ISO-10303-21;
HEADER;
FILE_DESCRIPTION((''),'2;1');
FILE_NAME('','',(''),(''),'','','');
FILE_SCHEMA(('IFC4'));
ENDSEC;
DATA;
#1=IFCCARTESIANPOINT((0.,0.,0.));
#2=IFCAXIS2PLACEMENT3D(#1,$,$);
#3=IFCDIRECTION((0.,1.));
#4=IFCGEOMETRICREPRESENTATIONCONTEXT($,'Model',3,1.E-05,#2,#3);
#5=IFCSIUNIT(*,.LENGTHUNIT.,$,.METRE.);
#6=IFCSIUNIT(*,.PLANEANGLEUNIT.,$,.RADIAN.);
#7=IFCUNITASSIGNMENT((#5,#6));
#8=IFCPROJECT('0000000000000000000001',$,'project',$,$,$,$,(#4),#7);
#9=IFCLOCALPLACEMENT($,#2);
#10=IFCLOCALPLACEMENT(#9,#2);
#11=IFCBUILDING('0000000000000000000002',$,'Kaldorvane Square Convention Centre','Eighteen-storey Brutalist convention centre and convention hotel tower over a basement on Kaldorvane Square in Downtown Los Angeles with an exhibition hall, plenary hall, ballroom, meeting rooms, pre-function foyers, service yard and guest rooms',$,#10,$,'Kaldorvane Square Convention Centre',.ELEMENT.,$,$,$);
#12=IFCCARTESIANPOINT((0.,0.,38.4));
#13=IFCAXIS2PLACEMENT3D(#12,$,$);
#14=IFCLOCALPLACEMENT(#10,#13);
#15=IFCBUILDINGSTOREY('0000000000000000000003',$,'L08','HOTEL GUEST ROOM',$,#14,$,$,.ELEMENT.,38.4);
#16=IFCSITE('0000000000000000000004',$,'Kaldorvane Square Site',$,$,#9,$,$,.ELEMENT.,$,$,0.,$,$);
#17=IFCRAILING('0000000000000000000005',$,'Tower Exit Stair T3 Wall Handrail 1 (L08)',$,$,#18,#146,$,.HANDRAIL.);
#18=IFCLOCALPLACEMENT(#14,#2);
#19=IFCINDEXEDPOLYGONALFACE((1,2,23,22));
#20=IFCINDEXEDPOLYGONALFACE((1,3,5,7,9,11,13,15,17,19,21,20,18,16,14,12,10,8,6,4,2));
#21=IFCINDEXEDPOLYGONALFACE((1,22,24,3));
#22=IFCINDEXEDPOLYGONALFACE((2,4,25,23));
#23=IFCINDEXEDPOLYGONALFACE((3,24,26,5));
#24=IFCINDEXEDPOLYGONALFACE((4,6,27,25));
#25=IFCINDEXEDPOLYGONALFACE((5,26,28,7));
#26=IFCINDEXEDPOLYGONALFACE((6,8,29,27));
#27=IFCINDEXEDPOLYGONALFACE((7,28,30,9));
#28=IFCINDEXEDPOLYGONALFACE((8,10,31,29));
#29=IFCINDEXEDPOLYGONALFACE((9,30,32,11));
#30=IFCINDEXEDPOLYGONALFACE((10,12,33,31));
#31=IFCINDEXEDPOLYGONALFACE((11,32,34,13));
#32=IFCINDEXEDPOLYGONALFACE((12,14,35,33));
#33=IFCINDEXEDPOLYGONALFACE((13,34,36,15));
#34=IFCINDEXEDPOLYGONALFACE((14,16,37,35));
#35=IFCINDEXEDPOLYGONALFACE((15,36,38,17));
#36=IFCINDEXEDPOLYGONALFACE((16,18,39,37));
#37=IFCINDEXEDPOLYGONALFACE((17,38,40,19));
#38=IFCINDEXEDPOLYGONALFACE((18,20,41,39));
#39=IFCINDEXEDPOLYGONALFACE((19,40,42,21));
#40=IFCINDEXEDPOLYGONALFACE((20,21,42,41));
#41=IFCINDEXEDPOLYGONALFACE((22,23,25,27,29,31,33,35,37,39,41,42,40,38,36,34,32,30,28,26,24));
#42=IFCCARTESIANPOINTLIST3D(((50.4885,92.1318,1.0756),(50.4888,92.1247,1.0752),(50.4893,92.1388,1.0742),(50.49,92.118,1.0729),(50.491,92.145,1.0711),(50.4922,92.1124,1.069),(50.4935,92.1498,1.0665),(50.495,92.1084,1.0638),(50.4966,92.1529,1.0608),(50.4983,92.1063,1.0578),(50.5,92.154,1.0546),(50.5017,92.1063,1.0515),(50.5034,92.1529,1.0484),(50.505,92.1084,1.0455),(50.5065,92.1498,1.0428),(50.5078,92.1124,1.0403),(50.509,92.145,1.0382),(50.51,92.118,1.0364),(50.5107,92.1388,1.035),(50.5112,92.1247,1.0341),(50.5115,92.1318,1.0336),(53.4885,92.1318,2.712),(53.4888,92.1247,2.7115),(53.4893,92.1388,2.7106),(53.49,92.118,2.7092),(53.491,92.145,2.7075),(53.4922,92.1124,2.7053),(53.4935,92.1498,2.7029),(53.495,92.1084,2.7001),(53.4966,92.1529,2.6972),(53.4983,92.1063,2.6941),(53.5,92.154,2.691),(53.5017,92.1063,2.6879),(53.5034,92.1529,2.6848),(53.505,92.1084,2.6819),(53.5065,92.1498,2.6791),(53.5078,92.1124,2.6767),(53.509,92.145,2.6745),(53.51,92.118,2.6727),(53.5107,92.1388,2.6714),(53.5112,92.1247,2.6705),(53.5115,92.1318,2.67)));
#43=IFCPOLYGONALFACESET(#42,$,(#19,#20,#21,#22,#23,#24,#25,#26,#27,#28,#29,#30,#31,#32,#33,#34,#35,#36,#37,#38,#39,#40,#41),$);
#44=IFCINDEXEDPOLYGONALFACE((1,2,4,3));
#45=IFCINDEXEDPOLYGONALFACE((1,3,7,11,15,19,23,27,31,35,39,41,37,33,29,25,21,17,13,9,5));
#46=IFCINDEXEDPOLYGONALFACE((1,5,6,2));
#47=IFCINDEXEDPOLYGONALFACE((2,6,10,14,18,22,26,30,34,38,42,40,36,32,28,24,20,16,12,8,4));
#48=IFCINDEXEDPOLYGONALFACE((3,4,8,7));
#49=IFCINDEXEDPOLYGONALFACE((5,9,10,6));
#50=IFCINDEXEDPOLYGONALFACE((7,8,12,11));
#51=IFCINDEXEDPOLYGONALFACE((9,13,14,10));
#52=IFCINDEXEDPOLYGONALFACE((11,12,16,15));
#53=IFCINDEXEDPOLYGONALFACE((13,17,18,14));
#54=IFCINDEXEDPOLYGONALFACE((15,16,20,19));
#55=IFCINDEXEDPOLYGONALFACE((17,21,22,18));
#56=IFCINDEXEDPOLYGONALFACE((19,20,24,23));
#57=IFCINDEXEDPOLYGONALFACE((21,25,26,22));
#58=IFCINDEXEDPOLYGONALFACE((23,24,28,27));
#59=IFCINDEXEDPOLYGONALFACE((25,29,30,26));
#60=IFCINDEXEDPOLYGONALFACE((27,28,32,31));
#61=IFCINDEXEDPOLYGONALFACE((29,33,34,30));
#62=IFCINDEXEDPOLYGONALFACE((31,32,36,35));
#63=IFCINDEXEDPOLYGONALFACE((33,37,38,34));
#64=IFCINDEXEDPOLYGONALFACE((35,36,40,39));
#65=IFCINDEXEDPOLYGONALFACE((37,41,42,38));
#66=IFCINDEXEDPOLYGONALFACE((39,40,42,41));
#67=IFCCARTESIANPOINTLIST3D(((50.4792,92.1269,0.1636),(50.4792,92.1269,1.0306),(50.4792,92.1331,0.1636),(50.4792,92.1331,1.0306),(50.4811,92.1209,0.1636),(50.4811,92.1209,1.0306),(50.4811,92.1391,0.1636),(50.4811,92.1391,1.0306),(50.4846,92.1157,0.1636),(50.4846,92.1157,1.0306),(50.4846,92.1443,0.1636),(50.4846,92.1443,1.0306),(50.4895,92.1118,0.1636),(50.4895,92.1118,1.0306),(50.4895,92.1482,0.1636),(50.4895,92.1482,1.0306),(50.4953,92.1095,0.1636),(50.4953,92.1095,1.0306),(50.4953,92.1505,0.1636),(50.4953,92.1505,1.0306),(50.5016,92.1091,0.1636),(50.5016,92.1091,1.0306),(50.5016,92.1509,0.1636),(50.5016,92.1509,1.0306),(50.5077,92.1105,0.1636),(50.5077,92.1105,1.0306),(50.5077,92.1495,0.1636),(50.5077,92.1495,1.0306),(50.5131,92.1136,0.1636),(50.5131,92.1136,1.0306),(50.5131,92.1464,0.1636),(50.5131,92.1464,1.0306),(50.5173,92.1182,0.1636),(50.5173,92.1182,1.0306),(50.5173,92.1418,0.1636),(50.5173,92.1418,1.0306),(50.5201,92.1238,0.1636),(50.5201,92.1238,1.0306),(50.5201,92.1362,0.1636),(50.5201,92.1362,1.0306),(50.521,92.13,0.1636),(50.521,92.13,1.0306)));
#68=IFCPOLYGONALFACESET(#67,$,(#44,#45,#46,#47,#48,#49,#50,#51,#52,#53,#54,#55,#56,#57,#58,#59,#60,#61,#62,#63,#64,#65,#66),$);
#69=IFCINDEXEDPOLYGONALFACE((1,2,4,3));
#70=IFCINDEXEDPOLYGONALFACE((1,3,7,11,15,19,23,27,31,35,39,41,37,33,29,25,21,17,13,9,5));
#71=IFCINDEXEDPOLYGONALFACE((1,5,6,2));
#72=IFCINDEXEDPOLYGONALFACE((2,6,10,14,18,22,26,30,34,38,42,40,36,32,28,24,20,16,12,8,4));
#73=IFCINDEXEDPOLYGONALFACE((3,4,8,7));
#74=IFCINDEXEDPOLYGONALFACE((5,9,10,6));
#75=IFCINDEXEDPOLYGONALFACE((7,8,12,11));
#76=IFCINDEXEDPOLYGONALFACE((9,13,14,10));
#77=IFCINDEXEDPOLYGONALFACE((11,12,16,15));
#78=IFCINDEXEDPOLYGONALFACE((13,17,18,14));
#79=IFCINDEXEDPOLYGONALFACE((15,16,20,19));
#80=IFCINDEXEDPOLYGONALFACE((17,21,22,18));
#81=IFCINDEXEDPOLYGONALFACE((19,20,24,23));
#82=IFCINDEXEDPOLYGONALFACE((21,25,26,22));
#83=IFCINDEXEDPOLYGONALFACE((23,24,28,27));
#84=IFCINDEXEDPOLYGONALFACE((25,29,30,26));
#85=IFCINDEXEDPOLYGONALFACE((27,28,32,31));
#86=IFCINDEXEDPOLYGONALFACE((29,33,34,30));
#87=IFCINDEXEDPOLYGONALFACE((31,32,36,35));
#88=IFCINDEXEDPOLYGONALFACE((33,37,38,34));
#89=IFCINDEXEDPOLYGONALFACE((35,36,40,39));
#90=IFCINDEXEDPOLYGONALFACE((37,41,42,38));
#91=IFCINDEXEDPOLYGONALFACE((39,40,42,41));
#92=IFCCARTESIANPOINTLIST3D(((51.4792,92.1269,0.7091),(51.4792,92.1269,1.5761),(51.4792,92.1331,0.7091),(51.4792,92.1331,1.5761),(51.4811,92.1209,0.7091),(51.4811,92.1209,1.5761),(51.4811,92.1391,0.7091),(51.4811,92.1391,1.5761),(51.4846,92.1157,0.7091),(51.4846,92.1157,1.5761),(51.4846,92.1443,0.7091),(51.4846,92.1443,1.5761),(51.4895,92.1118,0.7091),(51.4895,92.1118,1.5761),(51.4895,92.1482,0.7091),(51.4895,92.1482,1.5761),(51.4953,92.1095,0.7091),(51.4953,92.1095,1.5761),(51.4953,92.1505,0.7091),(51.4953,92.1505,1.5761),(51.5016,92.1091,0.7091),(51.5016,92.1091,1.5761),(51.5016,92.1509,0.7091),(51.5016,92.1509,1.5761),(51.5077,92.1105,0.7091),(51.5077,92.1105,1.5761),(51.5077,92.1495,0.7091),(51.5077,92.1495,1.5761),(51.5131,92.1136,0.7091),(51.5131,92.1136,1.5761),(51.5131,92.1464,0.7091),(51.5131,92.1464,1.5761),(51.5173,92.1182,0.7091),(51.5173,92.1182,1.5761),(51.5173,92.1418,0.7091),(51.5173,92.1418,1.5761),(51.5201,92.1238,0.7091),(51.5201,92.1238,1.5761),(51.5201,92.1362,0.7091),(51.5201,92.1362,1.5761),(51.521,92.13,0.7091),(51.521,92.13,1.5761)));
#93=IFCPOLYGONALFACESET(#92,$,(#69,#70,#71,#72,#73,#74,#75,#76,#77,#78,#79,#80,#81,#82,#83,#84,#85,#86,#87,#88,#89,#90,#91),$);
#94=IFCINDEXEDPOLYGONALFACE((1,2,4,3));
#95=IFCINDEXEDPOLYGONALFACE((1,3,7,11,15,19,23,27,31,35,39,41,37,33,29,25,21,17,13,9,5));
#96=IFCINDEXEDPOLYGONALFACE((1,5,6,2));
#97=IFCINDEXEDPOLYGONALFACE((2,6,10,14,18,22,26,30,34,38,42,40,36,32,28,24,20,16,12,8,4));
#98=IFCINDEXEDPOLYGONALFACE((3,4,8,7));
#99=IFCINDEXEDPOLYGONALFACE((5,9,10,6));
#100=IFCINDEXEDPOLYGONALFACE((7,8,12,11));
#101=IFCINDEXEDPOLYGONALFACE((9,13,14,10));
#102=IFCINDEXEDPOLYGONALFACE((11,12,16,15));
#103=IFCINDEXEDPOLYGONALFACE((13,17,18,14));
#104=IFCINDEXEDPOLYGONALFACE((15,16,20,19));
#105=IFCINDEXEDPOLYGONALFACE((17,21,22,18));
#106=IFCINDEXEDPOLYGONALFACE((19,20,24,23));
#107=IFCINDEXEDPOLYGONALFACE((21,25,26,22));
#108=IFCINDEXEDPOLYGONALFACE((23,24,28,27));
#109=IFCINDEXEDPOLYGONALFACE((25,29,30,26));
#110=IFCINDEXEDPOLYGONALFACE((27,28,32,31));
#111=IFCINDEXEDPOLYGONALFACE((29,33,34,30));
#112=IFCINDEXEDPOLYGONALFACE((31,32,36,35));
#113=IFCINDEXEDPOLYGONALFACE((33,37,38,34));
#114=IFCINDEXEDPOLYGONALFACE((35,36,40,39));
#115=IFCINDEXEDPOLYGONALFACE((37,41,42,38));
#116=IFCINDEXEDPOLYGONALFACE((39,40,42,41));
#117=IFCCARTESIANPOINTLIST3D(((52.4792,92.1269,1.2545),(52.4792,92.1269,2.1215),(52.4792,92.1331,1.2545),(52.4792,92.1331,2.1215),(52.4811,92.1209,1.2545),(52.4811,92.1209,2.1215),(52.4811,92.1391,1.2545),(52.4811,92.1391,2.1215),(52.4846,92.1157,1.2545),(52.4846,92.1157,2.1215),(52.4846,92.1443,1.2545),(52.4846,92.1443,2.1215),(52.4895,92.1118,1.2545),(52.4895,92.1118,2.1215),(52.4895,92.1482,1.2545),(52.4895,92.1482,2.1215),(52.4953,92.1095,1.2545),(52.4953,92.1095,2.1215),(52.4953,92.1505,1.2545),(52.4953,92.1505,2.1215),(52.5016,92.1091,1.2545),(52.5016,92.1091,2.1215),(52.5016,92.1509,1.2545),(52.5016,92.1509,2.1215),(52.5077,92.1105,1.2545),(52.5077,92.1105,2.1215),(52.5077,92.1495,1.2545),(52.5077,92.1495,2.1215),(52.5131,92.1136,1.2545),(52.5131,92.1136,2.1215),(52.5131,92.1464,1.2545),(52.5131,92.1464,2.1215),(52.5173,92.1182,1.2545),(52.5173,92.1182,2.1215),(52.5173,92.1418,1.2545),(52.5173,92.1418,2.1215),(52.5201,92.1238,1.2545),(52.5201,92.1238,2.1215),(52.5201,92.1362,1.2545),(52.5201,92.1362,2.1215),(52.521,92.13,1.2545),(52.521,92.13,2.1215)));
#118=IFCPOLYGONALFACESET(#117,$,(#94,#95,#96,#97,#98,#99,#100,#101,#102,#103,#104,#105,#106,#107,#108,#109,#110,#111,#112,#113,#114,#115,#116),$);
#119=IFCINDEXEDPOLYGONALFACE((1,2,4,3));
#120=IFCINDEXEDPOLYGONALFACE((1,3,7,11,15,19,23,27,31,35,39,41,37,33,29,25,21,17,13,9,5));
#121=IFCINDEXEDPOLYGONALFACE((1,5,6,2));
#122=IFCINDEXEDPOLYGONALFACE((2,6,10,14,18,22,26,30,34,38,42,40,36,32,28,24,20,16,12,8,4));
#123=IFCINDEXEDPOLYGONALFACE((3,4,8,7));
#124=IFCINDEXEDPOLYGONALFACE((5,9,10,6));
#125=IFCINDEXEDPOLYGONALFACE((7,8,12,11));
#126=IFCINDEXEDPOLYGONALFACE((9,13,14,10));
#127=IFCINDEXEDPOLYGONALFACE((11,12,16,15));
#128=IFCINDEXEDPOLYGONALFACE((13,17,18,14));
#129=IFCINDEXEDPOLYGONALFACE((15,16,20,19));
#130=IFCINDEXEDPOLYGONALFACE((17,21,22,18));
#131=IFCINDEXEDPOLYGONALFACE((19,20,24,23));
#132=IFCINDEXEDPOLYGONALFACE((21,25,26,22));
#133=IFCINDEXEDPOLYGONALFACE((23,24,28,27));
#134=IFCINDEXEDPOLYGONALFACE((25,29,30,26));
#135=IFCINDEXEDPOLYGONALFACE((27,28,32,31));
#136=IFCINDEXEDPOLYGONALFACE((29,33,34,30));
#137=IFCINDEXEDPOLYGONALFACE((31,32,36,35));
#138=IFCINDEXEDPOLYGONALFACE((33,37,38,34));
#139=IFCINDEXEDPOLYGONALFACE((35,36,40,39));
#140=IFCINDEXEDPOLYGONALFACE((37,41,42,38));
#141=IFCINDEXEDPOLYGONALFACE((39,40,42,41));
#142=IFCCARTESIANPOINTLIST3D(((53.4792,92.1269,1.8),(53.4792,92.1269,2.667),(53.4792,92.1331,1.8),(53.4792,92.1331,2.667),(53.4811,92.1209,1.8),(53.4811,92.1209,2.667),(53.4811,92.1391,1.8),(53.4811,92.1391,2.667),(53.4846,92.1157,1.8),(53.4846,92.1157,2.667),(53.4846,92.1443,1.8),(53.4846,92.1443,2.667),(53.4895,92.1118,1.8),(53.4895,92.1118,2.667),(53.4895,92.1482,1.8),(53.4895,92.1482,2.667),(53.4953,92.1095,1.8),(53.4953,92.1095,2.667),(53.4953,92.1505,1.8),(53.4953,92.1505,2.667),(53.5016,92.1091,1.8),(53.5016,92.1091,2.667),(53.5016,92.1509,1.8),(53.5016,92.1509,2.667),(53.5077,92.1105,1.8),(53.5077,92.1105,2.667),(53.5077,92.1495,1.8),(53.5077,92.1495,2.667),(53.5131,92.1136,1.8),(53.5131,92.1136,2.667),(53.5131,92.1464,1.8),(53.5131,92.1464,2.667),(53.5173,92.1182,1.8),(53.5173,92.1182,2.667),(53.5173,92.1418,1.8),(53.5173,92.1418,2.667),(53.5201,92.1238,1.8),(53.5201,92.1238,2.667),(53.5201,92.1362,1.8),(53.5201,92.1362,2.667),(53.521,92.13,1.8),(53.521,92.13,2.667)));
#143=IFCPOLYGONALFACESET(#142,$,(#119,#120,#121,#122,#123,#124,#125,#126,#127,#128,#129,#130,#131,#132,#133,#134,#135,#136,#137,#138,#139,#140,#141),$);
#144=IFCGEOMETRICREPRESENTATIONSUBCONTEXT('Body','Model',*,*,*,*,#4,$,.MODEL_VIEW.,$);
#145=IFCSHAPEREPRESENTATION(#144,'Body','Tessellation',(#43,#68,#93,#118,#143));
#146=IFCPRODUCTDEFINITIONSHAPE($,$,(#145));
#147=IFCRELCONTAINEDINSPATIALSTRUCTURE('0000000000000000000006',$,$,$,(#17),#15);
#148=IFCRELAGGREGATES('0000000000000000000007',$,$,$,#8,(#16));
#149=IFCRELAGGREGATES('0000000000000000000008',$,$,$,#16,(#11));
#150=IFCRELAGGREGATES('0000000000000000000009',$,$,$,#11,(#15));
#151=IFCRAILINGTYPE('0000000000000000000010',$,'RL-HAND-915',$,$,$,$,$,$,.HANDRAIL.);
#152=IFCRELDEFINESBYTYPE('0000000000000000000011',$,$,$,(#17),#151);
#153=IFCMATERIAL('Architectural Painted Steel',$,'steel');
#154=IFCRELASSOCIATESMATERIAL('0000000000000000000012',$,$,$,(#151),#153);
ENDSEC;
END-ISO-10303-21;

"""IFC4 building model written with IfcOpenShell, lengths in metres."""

from ifc_helpers import new_model, si_unit, direction, frame, origin, origin_2d, place, context, subcontext, project, spatial, circle, extrude, material, type_object, element, save


model = new_model("IFC4")

# Units and contexts
model_context = context("Model", 3, precision=1e-05, world=origin(), true_north=direction((0.0, 1.0)))
body_context = subcontext(model_context, "Body", "Model", "MODEL_VIEW")
ifc_project = project(units=[si_unit("LENGTHUNIT", "METRE"), si_unit("PLANEANGLEUNIT", "RADIAN")], contexts=[model_context])

# Site, building, storey
site_placement = place(None, origin())
site = spatial("IfcSite", under=ifc_project, at=site_placement, Name="Kaldorvane Square Site", CompositionType="ELEMENT", RefElevation=0.0)
building_placement = place(site_placement, origin())
building = spatial("IfcBuilding", under=site, at=building_placement, Name="Kaldorvane Square Convention Centre", Description="Eighteen-storey Brutalist convention centre and convention hotel tower over a basement on Kaldorvane Square in Downtown Los Angeles with an exhibition hall, plenary hall, ballroom, meeting rooms, pre-function foyers, service yard and guest rooms", LongName="Kaldorvane Square Convention Centre", CompositionType="ELEMENT")
storey_placement = place(building_placement, frame((0.0, 0.0, 38.4)))
storey = spatial("IfcBuildingStorey", under=building, at=storey_placement, Name="L08", Description="HOTEL GUEST ROOM", CompositionType="ELEMENT", Elevation=38.4)

# Railing
ifc_material_1 = material(Name="Architectural Painted Steel", Category="steel")
railing_type_1 = type_object("IfcRailingType", Name="RL-HAND-915", PredefinedType="HANDRAIL", material=ifc_material_1)
for number, where, name in (
    (1, (50.5, 92.13, 0.1636), "Tower Exit Stair T3 Wall Handrail 1 (L08)"),
):
    element("IfcRailing", number, at=place(storey_placement, frame(where)), inside=storey, type_object=railing_type_1, Name=name, PredefinedType="HANDRAIL", context=body_context, shape_type="SweptSolid", body=[
        extrude(circle(Radius=0.024, at=origin_2d()), frame((0.0, 0.0, 0.891), z_axis=(0.877895, 0.0, 0.478853), x_axis=(0.0, 1.0, 0.0)), (0.0, 0.0, 1.0), 3.4173),
        extrude(circle(Radius=0.021, at=origin_2d()), origin(), (0.0, 0.0, 1.0), 0.867),
        extrude(circle(Radius=0.021, at=origin_2d()), frame((1.0, 0.0, 0.5455)), (0.0, 0.0, 1.0), 0.867),
        extrude(circle(Radius=0.021, at=origin_2d()), frame((2.0, 0.0, 1.0909)), (0.0, 0.0, 1.0), 0.867),
        extrude(circle(Radius=0.021, at=origin_2d()), frame((3.0, 0.0, 1.6364)), (0.0, 0.0, 1.0), 0.867),
    ])

save(model, "model.ifc")
